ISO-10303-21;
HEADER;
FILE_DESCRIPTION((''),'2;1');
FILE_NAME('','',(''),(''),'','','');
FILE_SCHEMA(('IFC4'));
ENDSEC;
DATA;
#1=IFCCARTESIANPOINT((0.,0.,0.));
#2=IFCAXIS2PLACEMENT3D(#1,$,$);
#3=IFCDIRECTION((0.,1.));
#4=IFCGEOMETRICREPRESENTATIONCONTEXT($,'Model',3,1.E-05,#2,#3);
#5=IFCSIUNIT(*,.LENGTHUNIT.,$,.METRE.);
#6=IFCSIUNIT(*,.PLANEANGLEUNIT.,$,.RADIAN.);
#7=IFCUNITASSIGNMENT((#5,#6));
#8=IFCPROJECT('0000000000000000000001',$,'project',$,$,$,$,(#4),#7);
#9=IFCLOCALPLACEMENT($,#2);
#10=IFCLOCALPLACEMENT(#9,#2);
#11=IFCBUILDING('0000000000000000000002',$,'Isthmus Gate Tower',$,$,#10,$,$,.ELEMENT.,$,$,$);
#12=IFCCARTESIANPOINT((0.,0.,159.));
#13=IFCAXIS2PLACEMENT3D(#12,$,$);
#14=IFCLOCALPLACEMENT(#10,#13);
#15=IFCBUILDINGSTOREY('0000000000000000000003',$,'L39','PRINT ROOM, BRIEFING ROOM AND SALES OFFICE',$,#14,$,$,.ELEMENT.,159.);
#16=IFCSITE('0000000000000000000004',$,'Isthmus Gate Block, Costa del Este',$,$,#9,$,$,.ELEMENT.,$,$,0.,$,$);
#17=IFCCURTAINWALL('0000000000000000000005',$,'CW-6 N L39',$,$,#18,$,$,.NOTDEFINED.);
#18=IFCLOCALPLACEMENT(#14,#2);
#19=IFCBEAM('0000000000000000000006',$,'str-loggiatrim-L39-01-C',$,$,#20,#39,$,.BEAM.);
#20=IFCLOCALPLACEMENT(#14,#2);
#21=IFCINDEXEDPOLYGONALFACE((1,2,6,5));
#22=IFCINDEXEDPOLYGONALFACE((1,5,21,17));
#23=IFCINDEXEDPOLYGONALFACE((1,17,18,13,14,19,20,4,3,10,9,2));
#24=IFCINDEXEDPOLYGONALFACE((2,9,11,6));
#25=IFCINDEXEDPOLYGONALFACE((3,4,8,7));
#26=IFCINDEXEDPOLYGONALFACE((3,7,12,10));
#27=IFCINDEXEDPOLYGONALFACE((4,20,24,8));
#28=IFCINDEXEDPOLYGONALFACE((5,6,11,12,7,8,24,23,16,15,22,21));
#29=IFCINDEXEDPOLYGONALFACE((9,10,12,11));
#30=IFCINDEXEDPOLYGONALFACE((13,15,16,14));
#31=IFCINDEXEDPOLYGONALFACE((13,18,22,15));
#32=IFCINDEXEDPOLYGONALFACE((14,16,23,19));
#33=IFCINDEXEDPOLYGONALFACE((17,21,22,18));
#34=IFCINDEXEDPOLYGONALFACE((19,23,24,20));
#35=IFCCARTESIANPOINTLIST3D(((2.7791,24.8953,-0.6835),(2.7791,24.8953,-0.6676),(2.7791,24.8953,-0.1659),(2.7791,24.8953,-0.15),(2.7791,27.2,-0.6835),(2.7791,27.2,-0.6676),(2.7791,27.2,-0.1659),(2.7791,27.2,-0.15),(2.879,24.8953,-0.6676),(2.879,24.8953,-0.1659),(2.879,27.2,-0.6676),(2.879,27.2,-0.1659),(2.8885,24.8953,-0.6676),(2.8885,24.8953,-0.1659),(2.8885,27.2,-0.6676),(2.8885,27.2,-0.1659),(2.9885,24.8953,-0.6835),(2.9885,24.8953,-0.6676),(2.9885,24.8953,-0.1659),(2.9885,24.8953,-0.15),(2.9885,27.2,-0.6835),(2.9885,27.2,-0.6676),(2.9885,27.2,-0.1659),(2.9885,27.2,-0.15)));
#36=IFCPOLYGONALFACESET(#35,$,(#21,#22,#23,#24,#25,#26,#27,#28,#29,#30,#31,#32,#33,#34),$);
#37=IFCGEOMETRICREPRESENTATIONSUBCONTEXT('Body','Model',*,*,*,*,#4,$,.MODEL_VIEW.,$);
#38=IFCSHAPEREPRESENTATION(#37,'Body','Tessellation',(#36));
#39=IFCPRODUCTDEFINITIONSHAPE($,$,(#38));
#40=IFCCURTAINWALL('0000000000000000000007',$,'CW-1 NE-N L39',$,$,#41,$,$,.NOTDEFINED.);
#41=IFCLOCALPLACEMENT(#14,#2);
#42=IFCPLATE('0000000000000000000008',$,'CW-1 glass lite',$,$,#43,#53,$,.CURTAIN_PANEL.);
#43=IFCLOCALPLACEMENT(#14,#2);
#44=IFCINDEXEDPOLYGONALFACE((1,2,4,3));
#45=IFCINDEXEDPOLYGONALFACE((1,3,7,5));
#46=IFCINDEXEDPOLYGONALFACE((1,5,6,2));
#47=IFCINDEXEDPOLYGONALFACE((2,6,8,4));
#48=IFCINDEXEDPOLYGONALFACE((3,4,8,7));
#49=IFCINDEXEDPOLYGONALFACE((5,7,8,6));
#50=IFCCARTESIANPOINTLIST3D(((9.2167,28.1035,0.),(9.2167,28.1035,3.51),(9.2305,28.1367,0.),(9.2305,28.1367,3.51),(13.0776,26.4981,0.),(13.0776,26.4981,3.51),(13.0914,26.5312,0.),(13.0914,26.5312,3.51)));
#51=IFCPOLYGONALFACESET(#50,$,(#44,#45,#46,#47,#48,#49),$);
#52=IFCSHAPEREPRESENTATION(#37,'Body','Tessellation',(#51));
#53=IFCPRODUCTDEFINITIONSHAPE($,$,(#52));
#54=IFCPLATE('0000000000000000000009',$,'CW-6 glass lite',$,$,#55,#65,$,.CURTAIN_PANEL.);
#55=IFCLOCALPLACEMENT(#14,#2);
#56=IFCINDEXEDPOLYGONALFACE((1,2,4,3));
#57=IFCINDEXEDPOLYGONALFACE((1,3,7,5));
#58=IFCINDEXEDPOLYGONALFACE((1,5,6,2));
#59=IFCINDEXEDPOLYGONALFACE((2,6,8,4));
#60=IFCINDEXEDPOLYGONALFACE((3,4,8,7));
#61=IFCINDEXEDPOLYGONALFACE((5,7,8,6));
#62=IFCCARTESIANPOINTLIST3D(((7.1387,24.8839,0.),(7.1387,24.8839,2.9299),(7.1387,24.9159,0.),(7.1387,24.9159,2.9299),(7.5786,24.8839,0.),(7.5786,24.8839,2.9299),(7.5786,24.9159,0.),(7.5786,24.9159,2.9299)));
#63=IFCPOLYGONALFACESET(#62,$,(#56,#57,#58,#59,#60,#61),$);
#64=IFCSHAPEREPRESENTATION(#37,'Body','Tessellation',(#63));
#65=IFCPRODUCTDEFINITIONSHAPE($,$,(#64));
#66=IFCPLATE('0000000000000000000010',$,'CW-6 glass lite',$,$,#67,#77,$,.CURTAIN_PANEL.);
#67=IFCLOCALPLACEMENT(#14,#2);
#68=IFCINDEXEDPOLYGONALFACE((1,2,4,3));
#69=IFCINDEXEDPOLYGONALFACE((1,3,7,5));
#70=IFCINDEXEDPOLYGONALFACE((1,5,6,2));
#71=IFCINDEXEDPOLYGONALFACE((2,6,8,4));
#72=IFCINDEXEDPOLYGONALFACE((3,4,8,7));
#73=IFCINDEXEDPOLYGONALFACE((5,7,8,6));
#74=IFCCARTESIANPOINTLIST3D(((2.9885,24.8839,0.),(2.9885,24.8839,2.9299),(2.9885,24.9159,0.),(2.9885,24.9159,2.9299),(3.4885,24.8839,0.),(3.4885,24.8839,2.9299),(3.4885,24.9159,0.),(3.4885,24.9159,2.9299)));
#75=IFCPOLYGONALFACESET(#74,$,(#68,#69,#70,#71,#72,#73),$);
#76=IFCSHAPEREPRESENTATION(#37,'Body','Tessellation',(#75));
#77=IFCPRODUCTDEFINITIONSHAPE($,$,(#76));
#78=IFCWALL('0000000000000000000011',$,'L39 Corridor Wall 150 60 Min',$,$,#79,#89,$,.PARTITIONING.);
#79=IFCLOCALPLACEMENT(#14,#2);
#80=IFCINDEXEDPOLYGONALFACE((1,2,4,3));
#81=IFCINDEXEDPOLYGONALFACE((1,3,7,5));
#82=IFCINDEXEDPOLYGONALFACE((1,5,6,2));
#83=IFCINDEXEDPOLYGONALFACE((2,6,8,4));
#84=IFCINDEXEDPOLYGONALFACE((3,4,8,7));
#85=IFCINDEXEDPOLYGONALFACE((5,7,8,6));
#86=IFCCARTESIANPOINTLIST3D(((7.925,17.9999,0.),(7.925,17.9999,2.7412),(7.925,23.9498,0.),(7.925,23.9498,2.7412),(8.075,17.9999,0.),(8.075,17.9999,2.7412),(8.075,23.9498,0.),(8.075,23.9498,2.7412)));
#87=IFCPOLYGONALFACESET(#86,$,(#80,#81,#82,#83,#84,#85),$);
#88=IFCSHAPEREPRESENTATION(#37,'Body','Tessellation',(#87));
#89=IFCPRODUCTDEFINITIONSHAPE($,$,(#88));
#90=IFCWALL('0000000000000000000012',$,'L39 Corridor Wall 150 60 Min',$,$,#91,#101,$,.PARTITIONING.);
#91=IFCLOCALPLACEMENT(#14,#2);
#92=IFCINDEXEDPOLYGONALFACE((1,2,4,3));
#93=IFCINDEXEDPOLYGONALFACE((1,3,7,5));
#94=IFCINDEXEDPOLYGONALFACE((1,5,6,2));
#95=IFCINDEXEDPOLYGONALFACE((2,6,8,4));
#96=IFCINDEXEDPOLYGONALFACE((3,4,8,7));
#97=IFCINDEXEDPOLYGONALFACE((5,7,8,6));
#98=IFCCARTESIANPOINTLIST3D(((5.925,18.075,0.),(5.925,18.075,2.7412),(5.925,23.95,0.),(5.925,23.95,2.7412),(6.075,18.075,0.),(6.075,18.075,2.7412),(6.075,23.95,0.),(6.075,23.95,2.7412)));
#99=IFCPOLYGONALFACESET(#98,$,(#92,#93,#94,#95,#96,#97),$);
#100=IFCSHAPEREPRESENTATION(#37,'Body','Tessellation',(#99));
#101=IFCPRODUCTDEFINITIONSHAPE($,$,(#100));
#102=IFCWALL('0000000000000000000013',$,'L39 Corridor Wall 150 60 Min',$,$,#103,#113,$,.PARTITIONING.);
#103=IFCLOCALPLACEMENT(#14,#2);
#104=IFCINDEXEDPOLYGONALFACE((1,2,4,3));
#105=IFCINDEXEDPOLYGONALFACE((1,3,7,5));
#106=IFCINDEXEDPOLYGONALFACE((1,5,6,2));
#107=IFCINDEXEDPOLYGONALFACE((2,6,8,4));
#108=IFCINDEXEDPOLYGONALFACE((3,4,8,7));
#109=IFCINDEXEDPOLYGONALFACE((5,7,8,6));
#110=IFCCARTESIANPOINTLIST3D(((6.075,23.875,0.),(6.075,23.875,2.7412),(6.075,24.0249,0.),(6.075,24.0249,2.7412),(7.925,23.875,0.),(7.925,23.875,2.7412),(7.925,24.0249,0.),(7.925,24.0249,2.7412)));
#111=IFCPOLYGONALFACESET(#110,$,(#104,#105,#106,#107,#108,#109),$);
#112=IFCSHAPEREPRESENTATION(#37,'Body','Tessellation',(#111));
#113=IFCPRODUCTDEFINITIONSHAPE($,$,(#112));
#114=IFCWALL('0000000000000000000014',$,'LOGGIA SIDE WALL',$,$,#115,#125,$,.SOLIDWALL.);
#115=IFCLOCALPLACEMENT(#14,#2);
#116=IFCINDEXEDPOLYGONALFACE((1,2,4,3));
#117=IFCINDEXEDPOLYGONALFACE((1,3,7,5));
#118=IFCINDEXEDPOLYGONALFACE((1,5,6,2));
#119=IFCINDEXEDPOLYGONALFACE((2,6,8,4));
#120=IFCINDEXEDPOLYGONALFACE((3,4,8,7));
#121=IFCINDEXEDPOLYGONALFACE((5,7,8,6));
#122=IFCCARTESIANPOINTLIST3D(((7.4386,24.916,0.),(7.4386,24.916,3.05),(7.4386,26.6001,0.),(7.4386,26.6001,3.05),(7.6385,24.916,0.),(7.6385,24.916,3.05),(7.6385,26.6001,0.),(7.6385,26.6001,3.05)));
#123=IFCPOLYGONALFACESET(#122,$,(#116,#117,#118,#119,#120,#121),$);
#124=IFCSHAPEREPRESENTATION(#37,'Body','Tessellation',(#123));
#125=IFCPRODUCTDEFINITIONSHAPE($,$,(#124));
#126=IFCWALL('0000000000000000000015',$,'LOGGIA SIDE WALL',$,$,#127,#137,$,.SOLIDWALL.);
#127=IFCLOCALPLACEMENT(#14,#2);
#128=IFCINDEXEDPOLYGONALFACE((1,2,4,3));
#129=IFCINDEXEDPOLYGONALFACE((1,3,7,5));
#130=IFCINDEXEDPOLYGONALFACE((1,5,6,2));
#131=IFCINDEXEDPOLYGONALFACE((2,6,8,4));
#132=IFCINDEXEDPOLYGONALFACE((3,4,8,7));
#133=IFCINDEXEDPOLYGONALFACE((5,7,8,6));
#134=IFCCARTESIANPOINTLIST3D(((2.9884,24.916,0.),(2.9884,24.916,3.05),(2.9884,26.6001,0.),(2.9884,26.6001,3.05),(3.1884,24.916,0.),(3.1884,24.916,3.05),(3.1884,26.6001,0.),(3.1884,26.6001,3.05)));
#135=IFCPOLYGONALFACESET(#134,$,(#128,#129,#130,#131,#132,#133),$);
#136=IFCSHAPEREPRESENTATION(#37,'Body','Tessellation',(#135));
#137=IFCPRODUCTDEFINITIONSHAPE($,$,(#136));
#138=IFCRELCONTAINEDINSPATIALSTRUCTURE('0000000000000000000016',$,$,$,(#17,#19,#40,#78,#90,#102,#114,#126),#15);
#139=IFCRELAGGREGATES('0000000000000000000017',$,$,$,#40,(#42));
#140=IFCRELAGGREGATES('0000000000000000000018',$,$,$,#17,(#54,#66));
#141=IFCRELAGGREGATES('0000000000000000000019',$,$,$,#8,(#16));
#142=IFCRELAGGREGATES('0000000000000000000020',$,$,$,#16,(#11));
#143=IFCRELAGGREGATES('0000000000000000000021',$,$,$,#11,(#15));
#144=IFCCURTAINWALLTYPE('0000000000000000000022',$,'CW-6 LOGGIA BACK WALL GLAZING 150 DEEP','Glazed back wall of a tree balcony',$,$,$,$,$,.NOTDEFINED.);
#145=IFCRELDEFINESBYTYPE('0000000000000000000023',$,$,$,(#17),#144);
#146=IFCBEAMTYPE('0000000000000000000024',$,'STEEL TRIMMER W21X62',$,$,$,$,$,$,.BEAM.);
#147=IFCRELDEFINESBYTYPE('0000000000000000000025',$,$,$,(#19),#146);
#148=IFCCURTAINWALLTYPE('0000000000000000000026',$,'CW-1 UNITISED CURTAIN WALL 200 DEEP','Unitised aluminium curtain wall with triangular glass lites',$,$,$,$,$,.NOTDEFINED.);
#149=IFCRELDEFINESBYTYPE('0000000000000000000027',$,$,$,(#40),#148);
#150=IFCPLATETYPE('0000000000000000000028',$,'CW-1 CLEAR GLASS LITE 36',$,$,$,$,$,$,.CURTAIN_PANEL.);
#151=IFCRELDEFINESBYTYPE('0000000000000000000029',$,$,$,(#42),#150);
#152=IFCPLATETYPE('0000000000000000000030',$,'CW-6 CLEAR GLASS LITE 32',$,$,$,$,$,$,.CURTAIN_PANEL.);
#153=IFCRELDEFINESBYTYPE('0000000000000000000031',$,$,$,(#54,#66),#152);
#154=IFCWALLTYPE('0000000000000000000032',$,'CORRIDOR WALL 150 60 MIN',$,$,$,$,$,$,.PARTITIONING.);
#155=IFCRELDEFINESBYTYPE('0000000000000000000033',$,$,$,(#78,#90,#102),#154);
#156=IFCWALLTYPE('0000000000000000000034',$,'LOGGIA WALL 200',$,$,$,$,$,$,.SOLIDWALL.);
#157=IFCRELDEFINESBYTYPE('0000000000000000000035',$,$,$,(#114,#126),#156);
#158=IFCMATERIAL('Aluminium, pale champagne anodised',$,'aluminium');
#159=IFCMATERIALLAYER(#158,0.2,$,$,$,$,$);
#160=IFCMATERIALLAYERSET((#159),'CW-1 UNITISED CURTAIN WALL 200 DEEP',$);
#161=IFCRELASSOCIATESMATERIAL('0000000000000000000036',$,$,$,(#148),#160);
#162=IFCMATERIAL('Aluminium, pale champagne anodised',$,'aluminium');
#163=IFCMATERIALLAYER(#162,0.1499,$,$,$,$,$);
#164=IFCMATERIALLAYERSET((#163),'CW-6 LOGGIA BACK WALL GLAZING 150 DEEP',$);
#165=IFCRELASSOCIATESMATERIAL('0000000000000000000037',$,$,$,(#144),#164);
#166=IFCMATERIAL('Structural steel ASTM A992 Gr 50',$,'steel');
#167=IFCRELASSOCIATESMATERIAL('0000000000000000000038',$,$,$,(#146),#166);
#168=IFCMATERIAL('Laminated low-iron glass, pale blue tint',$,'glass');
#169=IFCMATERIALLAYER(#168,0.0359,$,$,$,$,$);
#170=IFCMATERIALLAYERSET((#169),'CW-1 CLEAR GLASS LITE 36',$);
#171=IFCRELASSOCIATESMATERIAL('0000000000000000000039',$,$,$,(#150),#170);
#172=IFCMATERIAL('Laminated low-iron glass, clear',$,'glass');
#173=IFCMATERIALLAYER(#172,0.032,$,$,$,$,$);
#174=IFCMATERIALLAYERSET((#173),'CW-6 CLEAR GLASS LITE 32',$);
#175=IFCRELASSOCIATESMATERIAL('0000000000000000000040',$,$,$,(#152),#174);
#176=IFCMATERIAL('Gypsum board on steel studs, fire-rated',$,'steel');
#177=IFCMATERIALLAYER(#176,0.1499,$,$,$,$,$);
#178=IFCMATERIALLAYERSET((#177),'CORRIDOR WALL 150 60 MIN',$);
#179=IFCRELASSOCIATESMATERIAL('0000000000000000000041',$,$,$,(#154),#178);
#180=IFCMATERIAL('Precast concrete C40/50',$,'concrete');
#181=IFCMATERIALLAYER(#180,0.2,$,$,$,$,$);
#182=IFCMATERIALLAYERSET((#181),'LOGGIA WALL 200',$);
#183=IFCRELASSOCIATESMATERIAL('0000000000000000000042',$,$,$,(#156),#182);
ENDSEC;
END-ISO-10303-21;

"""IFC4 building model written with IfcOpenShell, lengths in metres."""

from ifc_helpers import new_model, si_unit, direction, frame, frame_2d, origin, origin_2d, place, context, subcontext, project, spatial, rectangle, i_section, extrude, material, layer, layer_set, material_profile, profile_set, type_object, element, aggregate, save


model = new_model("IFC4")

# Units and contexts
model_context = context("Model", 3, precision=1e-05, world=origin(), true_north=direction((0.0, 1.0)))
body_context = subcontext(model_context, "Body", "Model", "MODEL_VIEW")
ifc_project = project(units=[si_unit("LENGTHUNIT", "METRE"), si_unit("PLANEANGLEUNIT", "RADIAN")], contexts=[model_context])

# Site, building, storey
site_placement = place(None, origin())
site = spatial("IfcSite", under=ifc_project, at=site_placement, Name="Isthmus Gate Block, Costa del Este", CompositionType="ELEMENT", RefElevation=0.0)
building_placement = place(site_placement, origin())
building = spatial("IfcBuilding", under=site, at=building_placement, Name="Isthmus Gate Tower", CompositionType="ELEMENT")
storey_placement = place(building_placement, frame((0.0, 0.0, 159.0)))
storey = spatial("IfcBuildingStorey", under=building, at=storey_placement, Name="L39", Description="PRINT ROOM, BRIEFING ROOM AND SALES OFFICE", CompositionType="ELEMENT", Elevation=159.0)

# Curtain wall
ifc_material_1 = material(Name="Aluminium, pale champagne anodised", Category="aluminium")
ifc_layer_1 = layer(ifc_material_1, 0.2)
ifc_layer_set_1 = layer_set([ifc_layer_1], Name="CW-1 UNITISED CURTAIN WALL 200 DEEP")
curtain_wall_type_1 = type_object("IfcCurtainWallType", Name="CW-1 UNITISED CURTAIN WALL 200 DEEP", Description="Unitised aluminium curtain wall with triangular glass lites", PredefinedType="NOTDEFINED", material=ifc_layer_set_1)
ifc_material_2 = material(Name="Aluminium, pale champagne anodised", Category="aluminium")
ifc_layer_2 = layer(ifc_material_2, 0.1499)
ifc_layer_set_2 = layer_set([ifc_layer_2], Name="CW-6 LOGGIA BACK WALL GLAZING 150 DEEP")
curtain_wall_type_2 = type_object("IfcCurtainWallType", Name="CW-6 LOGGIA BACK WALL GLAZING 150 DEEP", Description="Glazed back wall of a tree balcony", PredefinedType="NOTDEFINED", material=ifc_layer_set_2)
curtain_wall_1_placement = place(storey_placement, origin())
curtain_wall_1 = element("IfcCurtainWall", 1, at=curtain_wall_1_placement, inside=storey, type_object=curtain_wall_type_2, Name="CW-6 N L39", PredefinedType="NOTDEFINED")

# Beam
ifc_material_3 = material(Name="Structural steel ASTM A992 Gr 50", Category="steel")
ifc_material_profile_1 = material_profile(ifc_material_3, i_section(OverallWidth=0.2095, OverallDepth=0.5334, WebThickness=0.0095, FlangeThickness=0.0159, at=origin_2d()), Name="W21X62")
ifc_profile_set_1 = profile_set([ifc_material_profile_1], Name="Structural steel ASTM A992 Gr 50")
beam_type_1 = type_object("IfcBeamType", Name="STEEL TRIMMER W21X62", PredefinedType="BEAM", material=ifc_profile_set_1)
for number, where, z_axis, x_axis, name in (
    (2, (2.8838, 27.2, -0.4167), (0.0, -1.0, 0.0), (1.0, 0.0, 0.0), "str-loggiatrim-L39-01-C"),
):
    element("IfcBeam", number, at=place(storey_placement, frame(where, z_axis=z_axis, x_axis=x_axis)), inside=storey, type_object=beam_type_1, Name=name, PredefinedType="BEAM", context=body_context, shape_type="SweptSolid", body=[
        extrude(i_section(OverallWidth=0.2095, OverallDepth=0.5334, WebThickness=0.0095, FlangeThickness=0.0159, at=origin_2d()), origin(), (0.0, 0.0, 1.0), 2.3047),
    ])

# Curtain wall, plate
curtain_wall_2_placement = place(storey_placement, origin())
curtain_wall_2 = element("IfcCurtainWall", 3, at=curtain_wall_2_placement, inside=storey, type_object=curtain_wall_type_1, Name="CW-1 NE-N L39", PredefinedType="NOTDEFINED")
ifc_material_4 = material(Name="Laminated low-iron glass, pale blue tint", Category="glass")
ifc_layer_3 = layer(ifc_material_4, 0.0359)
ifc_layer_set_3 = layer_set([ifc_layer_3], Name="CW-1 CLEAR GLASS LITE 36")
plate_type_1 = type_object("IfcPlateType", Name="CW-1 CLEAR GLASS LITE 36", PredefinedType="CURTAIN_PANEL", material=ifc_layer_set_3)
plate_1_placement = place(storey_placement, frame((11.1541, 27.3174, 0.0), z_axis=(0.0, 0.0, 1.0), x_axis=(-0.923353, 0.383952, 0.0)))
plate_1 = element("IfcPlate", 4, at=plate_1_placement, type_object=plate_type_1, Name="CW-1 glass lite", PredefinedType="CURTAIN_PANEL", context=body_context, shape_type="SweptSolid", body=[
    extrude(rectangle(XDim=4.1814, YDim=0.0359, at=origin_2d()), origin(), (0.0, 0.0, 1.0), 3.51),
])
aggregate(curtain_wall_2, [plate_1])

# Plates
ifc_material_5 = material(Name="Laminated low-iron glass, clear", Category="glass")
ifc_layer_4 = layer(ifc_material_5, 0.032)
ifc_layer_set_4 = layer_set([ifc_layer_4], Name="CW-6 CLEAR GLASS LITE 32")
plate_type_2 = type_object("IfcPlateType", Name="CW-6 CLEAR GLASS LITE 32", PredefinedType="CURTAIN_PANEL", material=ifc_layer_set_4)
plate_2_placement = place(storey_placement, frame((7.3586, 24.8999, 0.0), z_axis=(0.0, 0.0, 1.0), x_axis=(-1.0, 0.0, 0.0)))
plate_2 = element("IfcPlate", 5, at=plate_2_placement, type_object=plate_type_2, Name="CW-6 glass lite", PredefinedType="CURTAIN_PANEL", context=body_context, shape_type="SweptSolid", body=[
    extrude(rectangle(XDim=0.4399, YDim=0.032, at=origin_2d()), origin(), (0.0, 0.0, 1.0), 2.9299),
])
plate_3_placement = place(storey_placement, frame((3.2385, 24.8999, 0.0), z_axis=(0.0, 0.0, 1.0), x_axis=(-1.0, 0.0, 0.0)))
plate_3 = element("IfcPlate", 6, at=plate_3_placement, type_object=plate_type_2, Name="CW-6 glass lite", PredefinedType="CURTAIN_PANEL", context=body_context, shape_type="SweptSolid", body=[
    extrude(rectangle(XDim=0.5, YDim=0.032, at=origin_2d()), origin(), (0.0, 0.0, 1.0), 2.9299),
])
aggregate(curtain_wall_1, [plate_2, plate_3])

# Walls
ifc_material_6 = material(Name="Gypsum board on steel studs, fire-rated", Category="steel")
ifc_layer_5 = layer(ifc_material_6, 0.1499)
ifc_layer_set_5 = layer_set([ifc_layer_5], Name="CORRIDOR WALL 150 60 MIN")
wall_type_1 = type_object("IfcWallType", Name="CORRIDOR WALL 150 60 MIN", PredefinedType="PARTITIONING", material=ifc_layer_set_5)
wall_1_placement = place(storey_placement, frame((8.0, 23.95, 0.0), z_axis=(0.0, 0.0, 1.0), x_axis=(0.0, -1.0, 0.0)))
element("IfcWall", 7, at=wall_1_placement, inside=storey, type_object=wall_type_1, Name="L39 Corridor Wall 150 60 Min", PredefinedType="PARTITIONING", context=body_context, shape_type="SweptSolid", body=[
    extrude(rectangle(XDim=5.95, YDim=0.1499, at=frame_2d((2.9751, 0.0))), origin(), (0.0, 0.0, 1.0), 2.7412),
])
wall_2_placement = place(storey_placement, frame((6.0, 18.075, 0.0), z_axis=(0.0, 0.0, 1.0), x_axis=(0.0, 1.0, 0.0)))
element("IfcWall", 8, at=wall_2_placement, inside=storey, type_object=wall_type_1, Name="L39 Corridor Wall 150 60 Min", PredefinedType="PARTITIONING", context=body_context, shape_type="SweptSolid", body=[
    extrude(rectangle(XDim=5.875, YDim=0.1499, at=frame_2d((2.9375, 0.0))), origin(), (0.0, 0.0, 1.0), 2.7412),
])
wall_3_placement = place(storey_placement, frame((6.075, 23.95, 0.0), z_axis=(0.0, 0.0, 1.0), x_axis=(1.0, 0.0, 0.0)))
element("IfcWall", 9, at=wall_3_placement, inside=storey, type_object=wall_type_1, Name="L39 Corridor Wall 150 60 Min", PredefinedType="PARTITIONING", context=body_context, shape_type="SweptSolid", body=[
    extrude(rectangle(XDim=1.8501, YDim=0.1499, at=frame_2d((0.925, 0.0))), origin(), (0.0, 0.0, 1.0), 2.7412),
])

# Shared definitions
ifc_material_7 = material(Name="Precast concrete C40/50", Category="concrete")
ifc_layer_6 = layer(ifc_material_7, 0.2)
ifc_layer_set_6 = layer_set([ifc_layer_6], Name="LOGGIA WALL 200")
wall_type_2 = type_object("IfcWallType", Name="LOGGIA WALL 200", PredefinedType="SOLIDWALL", material=ifc_layer_set_6)

# Walls
for number, where, z_axis, x_axis, name in (
    (10, (7.5386, 26.6001, 0.0), (0.0, 0.0, 1.0), (0.0, -1.0, 0.0), "LOGGIA SIDE WALL"),
    (11, (3.0884, 26.6001, 0.0), (0.0, 0.0, 1.0), (0.0, -1.0, 0.0), "LOGGIA SIDE WALL"),
):
    element("IfcWall", number, at=place(storey_placement, frame(where, z_axis=z_axis, x_axis=x_axis)), inside=storey, type_object=wall_type_2, Name=name, PredefinedType="SOLIDWALL", context=body_context, shape_type="SweptSolid", body=[
        extrude(rectangle(XDim=1.6841, YDim=0.2, at=frame_2d((0.842, 0.0))), origin(), (0.0, 0.0, 1.0), 3.05),
    ])

save(model, "model.ifc")
